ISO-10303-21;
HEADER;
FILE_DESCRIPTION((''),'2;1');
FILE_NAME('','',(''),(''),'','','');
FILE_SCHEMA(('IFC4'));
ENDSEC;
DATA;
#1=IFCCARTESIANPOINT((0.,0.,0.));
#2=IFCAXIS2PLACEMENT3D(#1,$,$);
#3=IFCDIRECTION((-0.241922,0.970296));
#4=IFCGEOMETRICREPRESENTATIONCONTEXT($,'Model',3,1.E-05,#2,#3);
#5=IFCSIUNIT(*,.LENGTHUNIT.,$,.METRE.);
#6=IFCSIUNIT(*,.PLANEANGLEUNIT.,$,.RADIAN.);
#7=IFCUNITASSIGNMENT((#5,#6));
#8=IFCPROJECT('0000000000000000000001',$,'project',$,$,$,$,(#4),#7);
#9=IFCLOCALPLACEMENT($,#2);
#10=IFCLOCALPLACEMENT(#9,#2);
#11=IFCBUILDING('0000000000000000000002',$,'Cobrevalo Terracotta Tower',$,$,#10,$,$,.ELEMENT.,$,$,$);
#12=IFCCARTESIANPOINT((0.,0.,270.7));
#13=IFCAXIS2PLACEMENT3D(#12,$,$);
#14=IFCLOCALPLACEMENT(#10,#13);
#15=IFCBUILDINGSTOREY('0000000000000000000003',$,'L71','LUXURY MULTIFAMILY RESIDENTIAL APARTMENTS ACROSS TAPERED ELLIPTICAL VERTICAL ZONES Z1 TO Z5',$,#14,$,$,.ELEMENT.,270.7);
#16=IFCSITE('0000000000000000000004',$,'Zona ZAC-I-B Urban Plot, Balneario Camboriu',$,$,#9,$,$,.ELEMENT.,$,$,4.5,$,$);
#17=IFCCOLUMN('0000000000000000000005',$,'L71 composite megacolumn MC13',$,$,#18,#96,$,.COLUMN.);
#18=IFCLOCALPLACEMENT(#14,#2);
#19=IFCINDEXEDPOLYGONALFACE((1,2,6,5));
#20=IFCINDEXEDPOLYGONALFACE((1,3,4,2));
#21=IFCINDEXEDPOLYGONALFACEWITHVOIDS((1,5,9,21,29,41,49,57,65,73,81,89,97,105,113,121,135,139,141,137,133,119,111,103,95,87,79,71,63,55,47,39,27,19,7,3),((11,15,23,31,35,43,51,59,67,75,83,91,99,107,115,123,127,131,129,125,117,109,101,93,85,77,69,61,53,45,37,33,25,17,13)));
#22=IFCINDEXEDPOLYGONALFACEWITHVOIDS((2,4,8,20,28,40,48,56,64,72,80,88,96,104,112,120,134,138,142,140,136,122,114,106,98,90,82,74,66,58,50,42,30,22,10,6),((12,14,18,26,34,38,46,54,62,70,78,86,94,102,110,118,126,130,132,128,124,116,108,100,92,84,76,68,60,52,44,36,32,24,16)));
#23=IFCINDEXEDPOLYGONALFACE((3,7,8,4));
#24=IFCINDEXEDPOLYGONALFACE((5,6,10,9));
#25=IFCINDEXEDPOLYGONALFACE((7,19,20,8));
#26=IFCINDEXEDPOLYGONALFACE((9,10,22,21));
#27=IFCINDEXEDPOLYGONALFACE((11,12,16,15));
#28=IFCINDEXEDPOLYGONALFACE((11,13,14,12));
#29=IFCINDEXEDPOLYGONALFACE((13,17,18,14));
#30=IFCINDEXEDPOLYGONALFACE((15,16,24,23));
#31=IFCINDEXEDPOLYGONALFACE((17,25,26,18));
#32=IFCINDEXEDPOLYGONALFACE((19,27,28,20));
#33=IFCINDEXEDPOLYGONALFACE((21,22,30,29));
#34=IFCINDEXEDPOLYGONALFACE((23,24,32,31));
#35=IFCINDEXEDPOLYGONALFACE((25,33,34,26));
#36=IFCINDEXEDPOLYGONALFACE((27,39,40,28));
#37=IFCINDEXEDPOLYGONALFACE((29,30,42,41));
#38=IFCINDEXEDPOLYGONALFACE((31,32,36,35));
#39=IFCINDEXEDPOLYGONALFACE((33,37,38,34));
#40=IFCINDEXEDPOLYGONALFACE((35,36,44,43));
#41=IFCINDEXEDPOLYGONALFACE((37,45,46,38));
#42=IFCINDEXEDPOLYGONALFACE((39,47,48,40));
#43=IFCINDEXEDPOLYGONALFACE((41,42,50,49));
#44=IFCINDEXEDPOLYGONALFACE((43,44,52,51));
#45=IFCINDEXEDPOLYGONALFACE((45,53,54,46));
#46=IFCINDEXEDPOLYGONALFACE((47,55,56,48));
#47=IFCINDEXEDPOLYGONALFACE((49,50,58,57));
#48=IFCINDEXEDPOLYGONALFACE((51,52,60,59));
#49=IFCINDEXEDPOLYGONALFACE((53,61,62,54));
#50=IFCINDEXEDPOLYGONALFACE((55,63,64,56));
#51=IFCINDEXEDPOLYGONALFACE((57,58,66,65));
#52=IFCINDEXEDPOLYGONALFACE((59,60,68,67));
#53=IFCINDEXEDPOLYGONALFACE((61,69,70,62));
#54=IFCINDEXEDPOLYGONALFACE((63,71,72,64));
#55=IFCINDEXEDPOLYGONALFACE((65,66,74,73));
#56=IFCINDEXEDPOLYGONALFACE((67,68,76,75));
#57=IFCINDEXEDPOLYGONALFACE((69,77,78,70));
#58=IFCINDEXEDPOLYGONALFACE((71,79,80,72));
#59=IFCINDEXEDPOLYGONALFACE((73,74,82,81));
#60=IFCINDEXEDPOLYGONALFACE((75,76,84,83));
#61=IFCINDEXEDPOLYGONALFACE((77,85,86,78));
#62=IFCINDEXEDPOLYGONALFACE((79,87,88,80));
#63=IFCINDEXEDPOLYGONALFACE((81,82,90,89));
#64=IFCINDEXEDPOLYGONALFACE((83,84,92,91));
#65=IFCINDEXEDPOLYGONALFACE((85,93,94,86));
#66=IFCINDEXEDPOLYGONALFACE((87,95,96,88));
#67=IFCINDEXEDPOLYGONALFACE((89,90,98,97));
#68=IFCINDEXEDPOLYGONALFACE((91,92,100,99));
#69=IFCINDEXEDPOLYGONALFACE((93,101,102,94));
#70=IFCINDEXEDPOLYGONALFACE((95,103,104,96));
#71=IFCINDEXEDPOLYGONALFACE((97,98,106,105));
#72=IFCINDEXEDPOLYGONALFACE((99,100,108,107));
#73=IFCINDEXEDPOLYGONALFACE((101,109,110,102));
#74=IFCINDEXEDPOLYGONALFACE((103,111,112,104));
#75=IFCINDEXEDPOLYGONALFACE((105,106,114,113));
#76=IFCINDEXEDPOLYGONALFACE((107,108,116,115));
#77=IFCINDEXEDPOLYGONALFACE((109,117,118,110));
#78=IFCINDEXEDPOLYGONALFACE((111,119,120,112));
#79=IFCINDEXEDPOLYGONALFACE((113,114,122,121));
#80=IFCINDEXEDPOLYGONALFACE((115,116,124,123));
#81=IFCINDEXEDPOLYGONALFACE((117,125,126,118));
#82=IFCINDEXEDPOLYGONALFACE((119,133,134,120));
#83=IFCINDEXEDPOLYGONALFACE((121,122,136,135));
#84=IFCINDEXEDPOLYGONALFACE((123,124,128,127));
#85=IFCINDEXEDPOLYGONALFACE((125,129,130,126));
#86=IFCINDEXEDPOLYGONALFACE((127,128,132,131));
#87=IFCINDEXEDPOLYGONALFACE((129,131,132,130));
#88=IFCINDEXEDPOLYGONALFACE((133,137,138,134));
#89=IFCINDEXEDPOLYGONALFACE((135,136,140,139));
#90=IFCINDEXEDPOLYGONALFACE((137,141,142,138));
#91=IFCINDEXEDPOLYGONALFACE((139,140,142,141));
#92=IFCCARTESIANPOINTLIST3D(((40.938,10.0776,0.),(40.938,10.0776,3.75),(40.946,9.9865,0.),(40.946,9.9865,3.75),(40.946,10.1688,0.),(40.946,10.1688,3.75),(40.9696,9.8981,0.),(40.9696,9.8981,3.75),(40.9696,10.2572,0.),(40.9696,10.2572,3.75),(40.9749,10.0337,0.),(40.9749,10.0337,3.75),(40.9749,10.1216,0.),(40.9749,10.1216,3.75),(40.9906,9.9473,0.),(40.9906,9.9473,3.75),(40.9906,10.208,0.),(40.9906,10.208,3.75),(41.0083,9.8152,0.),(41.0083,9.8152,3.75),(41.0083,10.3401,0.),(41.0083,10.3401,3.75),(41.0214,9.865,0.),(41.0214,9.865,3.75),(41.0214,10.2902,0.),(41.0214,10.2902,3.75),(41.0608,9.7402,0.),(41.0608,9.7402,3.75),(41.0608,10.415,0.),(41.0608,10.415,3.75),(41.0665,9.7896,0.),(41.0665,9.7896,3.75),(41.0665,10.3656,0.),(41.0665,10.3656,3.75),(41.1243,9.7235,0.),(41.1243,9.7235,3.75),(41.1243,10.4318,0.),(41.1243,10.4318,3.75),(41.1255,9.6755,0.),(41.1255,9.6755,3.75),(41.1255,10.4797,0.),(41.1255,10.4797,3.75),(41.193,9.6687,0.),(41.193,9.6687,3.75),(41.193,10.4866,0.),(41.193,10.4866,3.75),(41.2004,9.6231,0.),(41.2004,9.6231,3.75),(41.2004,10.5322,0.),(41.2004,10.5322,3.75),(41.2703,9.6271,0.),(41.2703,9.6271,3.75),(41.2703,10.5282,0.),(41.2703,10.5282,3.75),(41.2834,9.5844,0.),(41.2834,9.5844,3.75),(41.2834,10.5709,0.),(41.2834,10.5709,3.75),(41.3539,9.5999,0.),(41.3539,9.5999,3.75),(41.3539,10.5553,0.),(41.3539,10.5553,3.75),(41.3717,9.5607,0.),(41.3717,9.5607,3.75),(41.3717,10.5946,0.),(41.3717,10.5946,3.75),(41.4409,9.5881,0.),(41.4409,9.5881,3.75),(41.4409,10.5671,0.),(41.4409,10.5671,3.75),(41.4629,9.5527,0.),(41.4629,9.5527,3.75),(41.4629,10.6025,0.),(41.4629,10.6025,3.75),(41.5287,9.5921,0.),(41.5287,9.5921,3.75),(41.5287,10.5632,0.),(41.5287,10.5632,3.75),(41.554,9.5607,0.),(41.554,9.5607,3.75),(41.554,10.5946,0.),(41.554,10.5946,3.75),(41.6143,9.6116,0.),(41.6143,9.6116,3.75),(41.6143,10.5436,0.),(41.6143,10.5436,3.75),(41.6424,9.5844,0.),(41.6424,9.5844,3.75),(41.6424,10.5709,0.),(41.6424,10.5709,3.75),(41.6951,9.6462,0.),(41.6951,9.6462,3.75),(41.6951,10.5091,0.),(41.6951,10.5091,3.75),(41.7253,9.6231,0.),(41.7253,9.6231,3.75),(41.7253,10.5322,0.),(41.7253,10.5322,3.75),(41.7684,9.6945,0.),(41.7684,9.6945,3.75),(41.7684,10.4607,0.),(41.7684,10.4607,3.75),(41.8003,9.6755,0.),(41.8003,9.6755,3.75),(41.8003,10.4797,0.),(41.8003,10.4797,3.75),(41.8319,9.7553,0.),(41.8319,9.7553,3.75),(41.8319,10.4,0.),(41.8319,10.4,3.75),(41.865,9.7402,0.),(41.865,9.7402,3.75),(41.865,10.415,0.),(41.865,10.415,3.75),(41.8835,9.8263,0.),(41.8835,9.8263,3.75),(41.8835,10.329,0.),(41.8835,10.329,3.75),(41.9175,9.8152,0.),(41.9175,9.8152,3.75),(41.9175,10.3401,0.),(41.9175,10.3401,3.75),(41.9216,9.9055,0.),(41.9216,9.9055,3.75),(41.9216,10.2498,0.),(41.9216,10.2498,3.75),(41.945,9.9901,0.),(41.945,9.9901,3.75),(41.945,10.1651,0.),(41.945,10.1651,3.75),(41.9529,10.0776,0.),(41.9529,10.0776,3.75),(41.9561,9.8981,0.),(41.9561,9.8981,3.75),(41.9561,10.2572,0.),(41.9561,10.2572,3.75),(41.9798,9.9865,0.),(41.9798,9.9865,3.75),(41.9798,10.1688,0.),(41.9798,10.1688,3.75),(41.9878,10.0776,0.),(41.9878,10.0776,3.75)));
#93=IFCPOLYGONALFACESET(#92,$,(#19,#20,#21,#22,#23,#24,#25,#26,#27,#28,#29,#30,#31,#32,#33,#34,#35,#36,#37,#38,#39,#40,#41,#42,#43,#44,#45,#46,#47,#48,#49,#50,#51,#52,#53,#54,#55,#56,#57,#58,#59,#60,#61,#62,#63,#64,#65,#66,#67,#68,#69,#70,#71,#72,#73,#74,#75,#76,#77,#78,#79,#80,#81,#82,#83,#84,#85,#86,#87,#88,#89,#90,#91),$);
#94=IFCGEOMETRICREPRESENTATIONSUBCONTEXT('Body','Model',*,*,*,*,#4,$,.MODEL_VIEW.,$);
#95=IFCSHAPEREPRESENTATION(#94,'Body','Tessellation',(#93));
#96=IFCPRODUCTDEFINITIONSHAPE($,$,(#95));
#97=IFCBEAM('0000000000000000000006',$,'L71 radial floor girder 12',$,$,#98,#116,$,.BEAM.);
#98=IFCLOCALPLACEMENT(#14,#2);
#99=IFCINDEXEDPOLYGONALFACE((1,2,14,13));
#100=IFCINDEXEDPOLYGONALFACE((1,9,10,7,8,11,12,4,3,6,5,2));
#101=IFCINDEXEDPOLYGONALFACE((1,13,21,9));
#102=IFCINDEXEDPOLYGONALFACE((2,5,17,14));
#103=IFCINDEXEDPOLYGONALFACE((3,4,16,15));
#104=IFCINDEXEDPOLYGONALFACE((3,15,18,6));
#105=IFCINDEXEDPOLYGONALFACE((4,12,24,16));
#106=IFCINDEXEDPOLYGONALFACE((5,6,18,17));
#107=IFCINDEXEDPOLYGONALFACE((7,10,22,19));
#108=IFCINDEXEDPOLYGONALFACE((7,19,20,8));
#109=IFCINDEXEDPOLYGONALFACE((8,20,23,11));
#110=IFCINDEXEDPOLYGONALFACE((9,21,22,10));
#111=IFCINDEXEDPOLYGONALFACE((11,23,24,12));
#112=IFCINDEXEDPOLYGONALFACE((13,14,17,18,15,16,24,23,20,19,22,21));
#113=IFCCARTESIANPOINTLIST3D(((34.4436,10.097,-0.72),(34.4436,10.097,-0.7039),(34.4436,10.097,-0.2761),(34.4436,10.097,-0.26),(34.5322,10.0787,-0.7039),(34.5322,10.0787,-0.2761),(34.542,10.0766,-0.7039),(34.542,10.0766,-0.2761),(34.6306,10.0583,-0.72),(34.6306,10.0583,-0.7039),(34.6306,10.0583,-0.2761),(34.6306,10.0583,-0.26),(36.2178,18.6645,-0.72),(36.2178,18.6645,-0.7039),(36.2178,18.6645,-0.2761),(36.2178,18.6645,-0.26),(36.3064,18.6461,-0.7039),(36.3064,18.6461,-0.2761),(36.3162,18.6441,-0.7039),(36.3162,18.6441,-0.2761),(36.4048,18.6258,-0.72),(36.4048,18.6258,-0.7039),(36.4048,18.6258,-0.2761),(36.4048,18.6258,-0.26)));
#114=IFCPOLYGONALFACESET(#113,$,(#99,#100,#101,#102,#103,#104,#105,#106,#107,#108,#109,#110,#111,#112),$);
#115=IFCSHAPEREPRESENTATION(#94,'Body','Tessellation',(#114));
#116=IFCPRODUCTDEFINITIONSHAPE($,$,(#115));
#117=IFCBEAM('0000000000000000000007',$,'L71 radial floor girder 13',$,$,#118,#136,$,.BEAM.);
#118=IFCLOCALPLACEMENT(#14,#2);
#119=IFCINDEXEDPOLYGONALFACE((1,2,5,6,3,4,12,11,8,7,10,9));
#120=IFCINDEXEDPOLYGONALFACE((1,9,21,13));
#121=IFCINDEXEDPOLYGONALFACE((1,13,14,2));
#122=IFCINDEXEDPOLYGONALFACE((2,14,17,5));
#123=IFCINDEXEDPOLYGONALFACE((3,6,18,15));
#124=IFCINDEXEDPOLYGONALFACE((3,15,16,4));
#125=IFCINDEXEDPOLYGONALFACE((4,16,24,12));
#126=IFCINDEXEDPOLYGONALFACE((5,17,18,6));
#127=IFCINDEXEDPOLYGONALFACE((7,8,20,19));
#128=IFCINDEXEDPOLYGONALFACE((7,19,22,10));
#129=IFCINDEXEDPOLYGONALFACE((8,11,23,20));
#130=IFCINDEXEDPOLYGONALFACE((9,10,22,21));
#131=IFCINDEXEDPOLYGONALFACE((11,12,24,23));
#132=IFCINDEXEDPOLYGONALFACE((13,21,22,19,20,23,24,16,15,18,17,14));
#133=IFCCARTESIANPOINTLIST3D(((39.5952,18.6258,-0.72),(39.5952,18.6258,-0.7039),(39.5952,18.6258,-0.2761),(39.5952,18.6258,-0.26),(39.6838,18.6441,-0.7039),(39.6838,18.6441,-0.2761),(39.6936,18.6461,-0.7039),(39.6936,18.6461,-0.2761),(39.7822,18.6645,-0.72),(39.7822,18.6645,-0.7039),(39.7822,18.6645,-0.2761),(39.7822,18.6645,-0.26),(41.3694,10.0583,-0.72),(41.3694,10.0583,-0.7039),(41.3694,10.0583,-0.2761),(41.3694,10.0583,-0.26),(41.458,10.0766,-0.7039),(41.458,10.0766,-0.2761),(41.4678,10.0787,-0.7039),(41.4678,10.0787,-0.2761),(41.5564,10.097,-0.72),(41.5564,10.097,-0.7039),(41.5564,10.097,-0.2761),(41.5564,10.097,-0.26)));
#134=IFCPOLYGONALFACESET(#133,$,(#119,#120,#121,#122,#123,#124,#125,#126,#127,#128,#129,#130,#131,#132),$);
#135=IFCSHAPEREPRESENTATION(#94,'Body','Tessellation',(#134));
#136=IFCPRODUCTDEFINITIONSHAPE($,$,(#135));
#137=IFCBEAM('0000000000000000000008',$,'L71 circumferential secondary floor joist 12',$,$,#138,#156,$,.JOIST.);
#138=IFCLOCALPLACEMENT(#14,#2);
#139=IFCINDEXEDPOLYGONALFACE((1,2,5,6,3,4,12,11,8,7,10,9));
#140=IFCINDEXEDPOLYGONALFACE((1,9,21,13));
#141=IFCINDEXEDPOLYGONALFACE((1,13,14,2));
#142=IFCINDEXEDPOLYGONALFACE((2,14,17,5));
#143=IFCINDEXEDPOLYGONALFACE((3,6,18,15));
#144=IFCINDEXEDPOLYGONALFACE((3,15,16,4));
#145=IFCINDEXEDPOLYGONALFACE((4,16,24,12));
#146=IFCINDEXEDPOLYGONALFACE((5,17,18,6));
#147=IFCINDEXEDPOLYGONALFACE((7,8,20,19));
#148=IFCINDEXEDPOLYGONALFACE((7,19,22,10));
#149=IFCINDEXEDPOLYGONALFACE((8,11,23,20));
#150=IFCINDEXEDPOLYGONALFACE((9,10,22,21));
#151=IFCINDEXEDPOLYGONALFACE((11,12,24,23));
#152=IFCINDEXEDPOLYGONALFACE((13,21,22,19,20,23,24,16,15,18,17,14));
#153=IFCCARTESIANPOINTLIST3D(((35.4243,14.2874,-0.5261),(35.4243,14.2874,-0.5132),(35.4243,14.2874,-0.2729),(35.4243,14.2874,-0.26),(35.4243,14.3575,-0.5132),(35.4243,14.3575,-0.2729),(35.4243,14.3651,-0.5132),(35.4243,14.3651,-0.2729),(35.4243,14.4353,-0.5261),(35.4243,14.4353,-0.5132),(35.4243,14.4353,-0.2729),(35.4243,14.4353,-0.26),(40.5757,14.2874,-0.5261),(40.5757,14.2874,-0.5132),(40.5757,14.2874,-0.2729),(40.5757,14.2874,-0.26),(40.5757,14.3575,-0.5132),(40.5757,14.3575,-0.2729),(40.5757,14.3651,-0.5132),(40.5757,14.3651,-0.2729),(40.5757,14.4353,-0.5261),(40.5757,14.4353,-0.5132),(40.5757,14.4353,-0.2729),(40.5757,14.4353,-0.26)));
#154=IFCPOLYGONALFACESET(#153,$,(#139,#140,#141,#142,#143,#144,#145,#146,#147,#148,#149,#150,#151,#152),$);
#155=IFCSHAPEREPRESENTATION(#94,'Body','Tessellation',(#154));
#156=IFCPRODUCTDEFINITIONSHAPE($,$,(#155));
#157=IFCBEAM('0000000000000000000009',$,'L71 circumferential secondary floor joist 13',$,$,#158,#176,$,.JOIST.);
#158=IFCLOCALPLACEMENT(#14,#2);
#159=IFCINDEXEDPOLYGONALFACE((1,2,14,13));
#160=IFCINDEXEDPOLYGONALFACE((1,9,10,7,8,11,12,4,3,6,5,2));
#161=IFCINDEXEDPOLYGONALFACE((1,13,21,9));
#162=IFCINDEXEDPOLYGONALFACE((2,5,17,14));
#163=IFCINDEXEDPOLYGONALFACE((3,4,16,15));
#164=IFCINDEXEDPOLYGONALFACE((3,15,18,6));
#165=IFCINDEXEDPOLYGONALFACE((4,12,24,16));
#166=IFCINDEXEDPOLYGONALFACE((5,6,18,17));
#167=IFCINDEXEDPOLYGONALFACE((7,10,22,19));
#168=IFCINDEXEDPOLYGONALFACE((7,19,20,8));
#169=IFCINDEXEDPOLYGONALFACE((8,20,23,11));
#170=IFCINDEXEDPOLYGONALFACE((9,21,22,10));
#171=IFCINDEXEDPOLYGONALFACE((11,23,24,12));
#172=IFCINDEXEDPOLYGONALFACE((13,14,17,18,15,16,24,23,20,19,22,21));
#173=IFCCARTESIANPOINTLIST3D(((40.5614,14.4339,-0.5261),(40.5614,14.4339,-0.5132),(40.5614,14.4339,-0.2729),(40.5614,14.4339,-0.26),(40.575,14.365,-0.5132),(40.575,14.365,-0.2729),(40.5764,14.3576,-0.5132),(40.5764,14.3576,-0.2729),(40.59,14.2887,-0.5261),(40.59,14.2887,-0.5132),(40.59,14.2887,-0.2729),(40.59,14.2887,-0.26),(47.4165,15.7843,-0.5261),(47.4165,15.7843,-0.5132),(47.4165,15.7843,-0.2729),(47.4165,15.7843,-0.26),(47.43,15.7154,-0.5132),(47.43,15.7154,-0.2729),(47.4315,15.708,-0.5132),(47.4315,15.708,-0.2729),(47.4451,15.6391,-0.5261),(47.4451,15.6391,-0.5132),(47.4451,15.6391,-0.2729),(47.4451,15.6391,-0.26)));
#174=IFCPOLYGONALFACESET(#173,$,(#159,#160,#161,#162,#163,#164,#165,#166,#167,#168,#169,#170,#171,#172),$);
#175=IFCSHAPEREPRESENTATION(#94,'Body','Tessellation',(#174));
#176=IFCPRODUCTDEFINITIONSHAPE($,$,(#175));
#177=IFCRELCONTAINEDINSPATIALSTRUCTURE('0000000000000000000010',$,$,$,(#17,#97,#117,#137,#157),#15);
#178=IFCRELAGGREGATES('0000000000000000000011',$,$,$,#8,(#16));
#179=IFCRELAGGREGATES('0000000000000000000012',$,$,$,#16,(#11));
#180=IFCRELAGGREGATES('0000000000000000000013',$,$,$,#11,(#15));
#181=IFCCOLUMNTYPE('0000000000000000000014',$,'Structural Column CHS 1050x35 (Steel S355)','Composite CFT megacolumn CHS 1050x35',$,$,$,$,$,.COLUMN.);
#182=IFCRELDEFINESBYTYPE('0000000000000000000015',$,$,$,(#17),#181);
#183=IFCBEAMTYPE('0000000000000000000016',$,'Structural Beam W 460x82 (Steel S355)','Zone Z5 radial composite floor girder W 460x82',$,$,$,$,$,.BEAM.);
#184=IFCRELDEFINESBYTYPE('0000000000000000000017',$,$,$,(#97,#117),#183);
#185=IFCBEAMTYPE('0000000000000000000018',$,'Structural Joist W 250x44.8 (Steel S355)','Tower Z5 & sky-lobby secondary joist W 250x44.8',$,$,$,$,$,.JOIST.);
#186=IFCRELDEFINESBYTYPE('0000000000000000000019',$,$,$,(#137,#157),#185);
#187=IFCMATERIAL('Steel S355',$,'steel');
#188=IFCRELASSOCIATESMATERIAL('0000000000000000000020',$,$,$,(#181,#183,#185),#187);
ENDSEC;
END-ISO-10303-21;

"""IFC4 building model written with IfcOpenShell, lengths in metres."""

from ifc_helpers import new_model, si_unit, direction, frame, origin, origin_2d, place, context, subcontext, project, spatial, hollow_circle, i_section, extrude, material, material_profile, profile_set, type_object, element, save


model = new_model("IFC4")

# Units and contexts
model_context = context("Model", 3, precision=1e-05, world=origin(), true_north=direction((-0.241922, 0.970296)))
body_context = subcontext(model_context, "Body", "Model", "MODEL_VIEW")
ifc_project = project(units=[si_unit("LENGTHUNIT", "METRE"), si_unit("PLANEANGLEUNIT", "RADIAN")], contexts=[model_context])

# Site, building, storey
site_placement = place(None, origin())
site = spatial("IfcSite", under=ifc_project, at=site_placement, Name="Zona ZAC-I-B Urban Plot, Balneario Camboriu", CompositionType="ELEMENT", RefElevation=4.5)
building_placement = place(site_placement, origin())
building = spatial("IfcBuilding", under=site, at=building_placement, Name="Cobrevalo Terracotta Tower", CompositionType="ELEMENT")
storey_placement = place(building_placement, frame((0.0, 0.0, 270.7)))
storey = spatial("IfcBuildingStorey", under=building, at=storey_placement, Name="L71", Description="LUXURY MULTIFAMILY RESIDENTIAL APARTMENTS ACROSS TAPERED ELLIPTICAL VERTICAL ZONES Z1 TO Z5", CompositionType="ELEMENT", Elevation=270.7)

# Column
ifc_material_1 = material(Name="Steel S355", Category="steel")
ifc_material_profile_1 = material_profile(ifc_material_1, hollow_circle(Radius=0.5249, WallThickness=0.0349, at=origin_2d()), Name="CHS 1050x35")
ifc_profile_set_1 = profile_set([ifc_material_profile_1], Name="Steel S355")
column_type = type_object("IfcColumnType", Name="Structural Column CHS 1050x35 (Steel S355)", Description="Composite CFT megacolumn CHS 1050x35", PredefinedType="COLUMN", material=ifc_profile_set_1)
column_placement = place(storey_placement, frame((41.4629, 10.0776, 0.0), z_axis=(0.0, 0.0, 1.0), x_axis=(1.0, 0.0, 0.0)))
element("IfcColumn", 1, at=column_placement, inside=storey, type_object=column_type, Name="L71 composite megacolumn MC13", PredefinedType="COLUMN", context=body_context, shape_type="SweptSolid", body=[
    extrude(hollow_circle(Radius=0.5249, WallThickness=0.0349, at=origin_2d()), origin(), (0.0, 0.0, 1.0), 3.75),
])

# Beams
ifc_material_profile_2 = material_profile(ifc_material_1, i_section(OverallWidth=0.1909, OverallDepth=0.46, WebThickness=0.01, FlangeThickness=0.0161, at=origin_2d()), Name="W 460x82")
ifc_profile_set_2 = profile_set([ifc_material_profile_2], Name="Steel S355")
beam_type_1 = type_object("IfcBeamType", Name="Structural Beam W 460x82 (Steel S355)", Description="Zone Z5 radial composite floor girder W 460x82", PredefinedType="BEAM", material=ifc_profile_set_2)
for number, where, z_axis, x_axis, name in (
    (2, (34.5371, 10.0776, -0.49), (0.202782, 0.979224, 0.0), (-0.979224, 0.202782, 0.0), "L71 radial floor girder 12"),
    (3, (41.4629, 10.0776, -0.49), (-0.202782, 0.979224, 0.0), (-0.979224, -0.202782, 0.0), "L71 radial floor girder 13"),
):
    element("IfcBeam", number, at=place(storey_placement, frame(where, z_axis=z_axis, x_axis=x_axis)), inside=storey, type_object=beam_type_1, Name=name, PredefinedType="BEAM", context=body_context, shape_type="SweptSolid", body=[
        extrude(i_section(OverallWidth=0.1909, OverallDepth=0.46, WebThickness=0.01, FlangeThickness=0.0161, at=origin_2d()), origin(), (0.0, 0.0, 1.0), 8.7493),
    ])
ifc_material_profile_3 = material_profile(ifc_material_1, i_section(OverallWidth=0.1479, OverallDepth=0.2661, WebThickness=0.0076, FlangeThickness=0.0129, at=origin_2d()), Name="W 250x44.8")
ifc_profile_set_3 = profile_set([ifc_material_profile_3], Name="Steel S355")
beam_type_2 = type_object("IfcBeamType", Name="Structural Joist W 250x44.8 (Steel S355)", Description="Tower Z5 & sky-lobby secondary joist W 250x44.8", PredefinedType="JOIST", material=ifc_profile_set_3)
beam_1_placement = place(storey_placement, frame((35.4243, 14.3613, -0.3931), z_axis=(1.0, 0.0, 0.0), x_axis=(0.0, 1.0, 0.0)))
element("IfcBeam", 4, at=beam_1_placement, inside=storey, type_object=beam_type_2, Name="L71 circumferential secondary floor joist 12", PredefinedType="JOIST", context=body_context, shape_type="SweptSolid", body=[
    extrude(i_section(OverallWidth=0.1479, OverallDepth=0.2661, WebThickness=0.0076, FlangeThickness=0.0129, at=origin_2d()), origin(), (0.0, 0.0, 1.0), 5.1514),
])
beam_2_placement = place(storey_placement, frame((40.5757, 14.3613, -0.3931), z_axis=(0.981145, 0.193273, 0.0), x_axis=(-0.193273, 0.981145, 0.0)))
element("IfcBeam", 5, at=beam_2_placement, inside=storey, type_object=beam_type_2, Name="L71 circumferential secondary floor joist 13", PredefinedType="JOIST", context=body_context, shape_type="SweptSolid", body=[
    extrude(i_section(OverallWidth=0.1479, OverallDepth=0.2661, WebThickness=0.0076, FlangeThickness=0.0129, at=origin_2d()), origin(), (0.0, 0.0, 1.0), 6.9868),
])

save(model, "model.ifc")
